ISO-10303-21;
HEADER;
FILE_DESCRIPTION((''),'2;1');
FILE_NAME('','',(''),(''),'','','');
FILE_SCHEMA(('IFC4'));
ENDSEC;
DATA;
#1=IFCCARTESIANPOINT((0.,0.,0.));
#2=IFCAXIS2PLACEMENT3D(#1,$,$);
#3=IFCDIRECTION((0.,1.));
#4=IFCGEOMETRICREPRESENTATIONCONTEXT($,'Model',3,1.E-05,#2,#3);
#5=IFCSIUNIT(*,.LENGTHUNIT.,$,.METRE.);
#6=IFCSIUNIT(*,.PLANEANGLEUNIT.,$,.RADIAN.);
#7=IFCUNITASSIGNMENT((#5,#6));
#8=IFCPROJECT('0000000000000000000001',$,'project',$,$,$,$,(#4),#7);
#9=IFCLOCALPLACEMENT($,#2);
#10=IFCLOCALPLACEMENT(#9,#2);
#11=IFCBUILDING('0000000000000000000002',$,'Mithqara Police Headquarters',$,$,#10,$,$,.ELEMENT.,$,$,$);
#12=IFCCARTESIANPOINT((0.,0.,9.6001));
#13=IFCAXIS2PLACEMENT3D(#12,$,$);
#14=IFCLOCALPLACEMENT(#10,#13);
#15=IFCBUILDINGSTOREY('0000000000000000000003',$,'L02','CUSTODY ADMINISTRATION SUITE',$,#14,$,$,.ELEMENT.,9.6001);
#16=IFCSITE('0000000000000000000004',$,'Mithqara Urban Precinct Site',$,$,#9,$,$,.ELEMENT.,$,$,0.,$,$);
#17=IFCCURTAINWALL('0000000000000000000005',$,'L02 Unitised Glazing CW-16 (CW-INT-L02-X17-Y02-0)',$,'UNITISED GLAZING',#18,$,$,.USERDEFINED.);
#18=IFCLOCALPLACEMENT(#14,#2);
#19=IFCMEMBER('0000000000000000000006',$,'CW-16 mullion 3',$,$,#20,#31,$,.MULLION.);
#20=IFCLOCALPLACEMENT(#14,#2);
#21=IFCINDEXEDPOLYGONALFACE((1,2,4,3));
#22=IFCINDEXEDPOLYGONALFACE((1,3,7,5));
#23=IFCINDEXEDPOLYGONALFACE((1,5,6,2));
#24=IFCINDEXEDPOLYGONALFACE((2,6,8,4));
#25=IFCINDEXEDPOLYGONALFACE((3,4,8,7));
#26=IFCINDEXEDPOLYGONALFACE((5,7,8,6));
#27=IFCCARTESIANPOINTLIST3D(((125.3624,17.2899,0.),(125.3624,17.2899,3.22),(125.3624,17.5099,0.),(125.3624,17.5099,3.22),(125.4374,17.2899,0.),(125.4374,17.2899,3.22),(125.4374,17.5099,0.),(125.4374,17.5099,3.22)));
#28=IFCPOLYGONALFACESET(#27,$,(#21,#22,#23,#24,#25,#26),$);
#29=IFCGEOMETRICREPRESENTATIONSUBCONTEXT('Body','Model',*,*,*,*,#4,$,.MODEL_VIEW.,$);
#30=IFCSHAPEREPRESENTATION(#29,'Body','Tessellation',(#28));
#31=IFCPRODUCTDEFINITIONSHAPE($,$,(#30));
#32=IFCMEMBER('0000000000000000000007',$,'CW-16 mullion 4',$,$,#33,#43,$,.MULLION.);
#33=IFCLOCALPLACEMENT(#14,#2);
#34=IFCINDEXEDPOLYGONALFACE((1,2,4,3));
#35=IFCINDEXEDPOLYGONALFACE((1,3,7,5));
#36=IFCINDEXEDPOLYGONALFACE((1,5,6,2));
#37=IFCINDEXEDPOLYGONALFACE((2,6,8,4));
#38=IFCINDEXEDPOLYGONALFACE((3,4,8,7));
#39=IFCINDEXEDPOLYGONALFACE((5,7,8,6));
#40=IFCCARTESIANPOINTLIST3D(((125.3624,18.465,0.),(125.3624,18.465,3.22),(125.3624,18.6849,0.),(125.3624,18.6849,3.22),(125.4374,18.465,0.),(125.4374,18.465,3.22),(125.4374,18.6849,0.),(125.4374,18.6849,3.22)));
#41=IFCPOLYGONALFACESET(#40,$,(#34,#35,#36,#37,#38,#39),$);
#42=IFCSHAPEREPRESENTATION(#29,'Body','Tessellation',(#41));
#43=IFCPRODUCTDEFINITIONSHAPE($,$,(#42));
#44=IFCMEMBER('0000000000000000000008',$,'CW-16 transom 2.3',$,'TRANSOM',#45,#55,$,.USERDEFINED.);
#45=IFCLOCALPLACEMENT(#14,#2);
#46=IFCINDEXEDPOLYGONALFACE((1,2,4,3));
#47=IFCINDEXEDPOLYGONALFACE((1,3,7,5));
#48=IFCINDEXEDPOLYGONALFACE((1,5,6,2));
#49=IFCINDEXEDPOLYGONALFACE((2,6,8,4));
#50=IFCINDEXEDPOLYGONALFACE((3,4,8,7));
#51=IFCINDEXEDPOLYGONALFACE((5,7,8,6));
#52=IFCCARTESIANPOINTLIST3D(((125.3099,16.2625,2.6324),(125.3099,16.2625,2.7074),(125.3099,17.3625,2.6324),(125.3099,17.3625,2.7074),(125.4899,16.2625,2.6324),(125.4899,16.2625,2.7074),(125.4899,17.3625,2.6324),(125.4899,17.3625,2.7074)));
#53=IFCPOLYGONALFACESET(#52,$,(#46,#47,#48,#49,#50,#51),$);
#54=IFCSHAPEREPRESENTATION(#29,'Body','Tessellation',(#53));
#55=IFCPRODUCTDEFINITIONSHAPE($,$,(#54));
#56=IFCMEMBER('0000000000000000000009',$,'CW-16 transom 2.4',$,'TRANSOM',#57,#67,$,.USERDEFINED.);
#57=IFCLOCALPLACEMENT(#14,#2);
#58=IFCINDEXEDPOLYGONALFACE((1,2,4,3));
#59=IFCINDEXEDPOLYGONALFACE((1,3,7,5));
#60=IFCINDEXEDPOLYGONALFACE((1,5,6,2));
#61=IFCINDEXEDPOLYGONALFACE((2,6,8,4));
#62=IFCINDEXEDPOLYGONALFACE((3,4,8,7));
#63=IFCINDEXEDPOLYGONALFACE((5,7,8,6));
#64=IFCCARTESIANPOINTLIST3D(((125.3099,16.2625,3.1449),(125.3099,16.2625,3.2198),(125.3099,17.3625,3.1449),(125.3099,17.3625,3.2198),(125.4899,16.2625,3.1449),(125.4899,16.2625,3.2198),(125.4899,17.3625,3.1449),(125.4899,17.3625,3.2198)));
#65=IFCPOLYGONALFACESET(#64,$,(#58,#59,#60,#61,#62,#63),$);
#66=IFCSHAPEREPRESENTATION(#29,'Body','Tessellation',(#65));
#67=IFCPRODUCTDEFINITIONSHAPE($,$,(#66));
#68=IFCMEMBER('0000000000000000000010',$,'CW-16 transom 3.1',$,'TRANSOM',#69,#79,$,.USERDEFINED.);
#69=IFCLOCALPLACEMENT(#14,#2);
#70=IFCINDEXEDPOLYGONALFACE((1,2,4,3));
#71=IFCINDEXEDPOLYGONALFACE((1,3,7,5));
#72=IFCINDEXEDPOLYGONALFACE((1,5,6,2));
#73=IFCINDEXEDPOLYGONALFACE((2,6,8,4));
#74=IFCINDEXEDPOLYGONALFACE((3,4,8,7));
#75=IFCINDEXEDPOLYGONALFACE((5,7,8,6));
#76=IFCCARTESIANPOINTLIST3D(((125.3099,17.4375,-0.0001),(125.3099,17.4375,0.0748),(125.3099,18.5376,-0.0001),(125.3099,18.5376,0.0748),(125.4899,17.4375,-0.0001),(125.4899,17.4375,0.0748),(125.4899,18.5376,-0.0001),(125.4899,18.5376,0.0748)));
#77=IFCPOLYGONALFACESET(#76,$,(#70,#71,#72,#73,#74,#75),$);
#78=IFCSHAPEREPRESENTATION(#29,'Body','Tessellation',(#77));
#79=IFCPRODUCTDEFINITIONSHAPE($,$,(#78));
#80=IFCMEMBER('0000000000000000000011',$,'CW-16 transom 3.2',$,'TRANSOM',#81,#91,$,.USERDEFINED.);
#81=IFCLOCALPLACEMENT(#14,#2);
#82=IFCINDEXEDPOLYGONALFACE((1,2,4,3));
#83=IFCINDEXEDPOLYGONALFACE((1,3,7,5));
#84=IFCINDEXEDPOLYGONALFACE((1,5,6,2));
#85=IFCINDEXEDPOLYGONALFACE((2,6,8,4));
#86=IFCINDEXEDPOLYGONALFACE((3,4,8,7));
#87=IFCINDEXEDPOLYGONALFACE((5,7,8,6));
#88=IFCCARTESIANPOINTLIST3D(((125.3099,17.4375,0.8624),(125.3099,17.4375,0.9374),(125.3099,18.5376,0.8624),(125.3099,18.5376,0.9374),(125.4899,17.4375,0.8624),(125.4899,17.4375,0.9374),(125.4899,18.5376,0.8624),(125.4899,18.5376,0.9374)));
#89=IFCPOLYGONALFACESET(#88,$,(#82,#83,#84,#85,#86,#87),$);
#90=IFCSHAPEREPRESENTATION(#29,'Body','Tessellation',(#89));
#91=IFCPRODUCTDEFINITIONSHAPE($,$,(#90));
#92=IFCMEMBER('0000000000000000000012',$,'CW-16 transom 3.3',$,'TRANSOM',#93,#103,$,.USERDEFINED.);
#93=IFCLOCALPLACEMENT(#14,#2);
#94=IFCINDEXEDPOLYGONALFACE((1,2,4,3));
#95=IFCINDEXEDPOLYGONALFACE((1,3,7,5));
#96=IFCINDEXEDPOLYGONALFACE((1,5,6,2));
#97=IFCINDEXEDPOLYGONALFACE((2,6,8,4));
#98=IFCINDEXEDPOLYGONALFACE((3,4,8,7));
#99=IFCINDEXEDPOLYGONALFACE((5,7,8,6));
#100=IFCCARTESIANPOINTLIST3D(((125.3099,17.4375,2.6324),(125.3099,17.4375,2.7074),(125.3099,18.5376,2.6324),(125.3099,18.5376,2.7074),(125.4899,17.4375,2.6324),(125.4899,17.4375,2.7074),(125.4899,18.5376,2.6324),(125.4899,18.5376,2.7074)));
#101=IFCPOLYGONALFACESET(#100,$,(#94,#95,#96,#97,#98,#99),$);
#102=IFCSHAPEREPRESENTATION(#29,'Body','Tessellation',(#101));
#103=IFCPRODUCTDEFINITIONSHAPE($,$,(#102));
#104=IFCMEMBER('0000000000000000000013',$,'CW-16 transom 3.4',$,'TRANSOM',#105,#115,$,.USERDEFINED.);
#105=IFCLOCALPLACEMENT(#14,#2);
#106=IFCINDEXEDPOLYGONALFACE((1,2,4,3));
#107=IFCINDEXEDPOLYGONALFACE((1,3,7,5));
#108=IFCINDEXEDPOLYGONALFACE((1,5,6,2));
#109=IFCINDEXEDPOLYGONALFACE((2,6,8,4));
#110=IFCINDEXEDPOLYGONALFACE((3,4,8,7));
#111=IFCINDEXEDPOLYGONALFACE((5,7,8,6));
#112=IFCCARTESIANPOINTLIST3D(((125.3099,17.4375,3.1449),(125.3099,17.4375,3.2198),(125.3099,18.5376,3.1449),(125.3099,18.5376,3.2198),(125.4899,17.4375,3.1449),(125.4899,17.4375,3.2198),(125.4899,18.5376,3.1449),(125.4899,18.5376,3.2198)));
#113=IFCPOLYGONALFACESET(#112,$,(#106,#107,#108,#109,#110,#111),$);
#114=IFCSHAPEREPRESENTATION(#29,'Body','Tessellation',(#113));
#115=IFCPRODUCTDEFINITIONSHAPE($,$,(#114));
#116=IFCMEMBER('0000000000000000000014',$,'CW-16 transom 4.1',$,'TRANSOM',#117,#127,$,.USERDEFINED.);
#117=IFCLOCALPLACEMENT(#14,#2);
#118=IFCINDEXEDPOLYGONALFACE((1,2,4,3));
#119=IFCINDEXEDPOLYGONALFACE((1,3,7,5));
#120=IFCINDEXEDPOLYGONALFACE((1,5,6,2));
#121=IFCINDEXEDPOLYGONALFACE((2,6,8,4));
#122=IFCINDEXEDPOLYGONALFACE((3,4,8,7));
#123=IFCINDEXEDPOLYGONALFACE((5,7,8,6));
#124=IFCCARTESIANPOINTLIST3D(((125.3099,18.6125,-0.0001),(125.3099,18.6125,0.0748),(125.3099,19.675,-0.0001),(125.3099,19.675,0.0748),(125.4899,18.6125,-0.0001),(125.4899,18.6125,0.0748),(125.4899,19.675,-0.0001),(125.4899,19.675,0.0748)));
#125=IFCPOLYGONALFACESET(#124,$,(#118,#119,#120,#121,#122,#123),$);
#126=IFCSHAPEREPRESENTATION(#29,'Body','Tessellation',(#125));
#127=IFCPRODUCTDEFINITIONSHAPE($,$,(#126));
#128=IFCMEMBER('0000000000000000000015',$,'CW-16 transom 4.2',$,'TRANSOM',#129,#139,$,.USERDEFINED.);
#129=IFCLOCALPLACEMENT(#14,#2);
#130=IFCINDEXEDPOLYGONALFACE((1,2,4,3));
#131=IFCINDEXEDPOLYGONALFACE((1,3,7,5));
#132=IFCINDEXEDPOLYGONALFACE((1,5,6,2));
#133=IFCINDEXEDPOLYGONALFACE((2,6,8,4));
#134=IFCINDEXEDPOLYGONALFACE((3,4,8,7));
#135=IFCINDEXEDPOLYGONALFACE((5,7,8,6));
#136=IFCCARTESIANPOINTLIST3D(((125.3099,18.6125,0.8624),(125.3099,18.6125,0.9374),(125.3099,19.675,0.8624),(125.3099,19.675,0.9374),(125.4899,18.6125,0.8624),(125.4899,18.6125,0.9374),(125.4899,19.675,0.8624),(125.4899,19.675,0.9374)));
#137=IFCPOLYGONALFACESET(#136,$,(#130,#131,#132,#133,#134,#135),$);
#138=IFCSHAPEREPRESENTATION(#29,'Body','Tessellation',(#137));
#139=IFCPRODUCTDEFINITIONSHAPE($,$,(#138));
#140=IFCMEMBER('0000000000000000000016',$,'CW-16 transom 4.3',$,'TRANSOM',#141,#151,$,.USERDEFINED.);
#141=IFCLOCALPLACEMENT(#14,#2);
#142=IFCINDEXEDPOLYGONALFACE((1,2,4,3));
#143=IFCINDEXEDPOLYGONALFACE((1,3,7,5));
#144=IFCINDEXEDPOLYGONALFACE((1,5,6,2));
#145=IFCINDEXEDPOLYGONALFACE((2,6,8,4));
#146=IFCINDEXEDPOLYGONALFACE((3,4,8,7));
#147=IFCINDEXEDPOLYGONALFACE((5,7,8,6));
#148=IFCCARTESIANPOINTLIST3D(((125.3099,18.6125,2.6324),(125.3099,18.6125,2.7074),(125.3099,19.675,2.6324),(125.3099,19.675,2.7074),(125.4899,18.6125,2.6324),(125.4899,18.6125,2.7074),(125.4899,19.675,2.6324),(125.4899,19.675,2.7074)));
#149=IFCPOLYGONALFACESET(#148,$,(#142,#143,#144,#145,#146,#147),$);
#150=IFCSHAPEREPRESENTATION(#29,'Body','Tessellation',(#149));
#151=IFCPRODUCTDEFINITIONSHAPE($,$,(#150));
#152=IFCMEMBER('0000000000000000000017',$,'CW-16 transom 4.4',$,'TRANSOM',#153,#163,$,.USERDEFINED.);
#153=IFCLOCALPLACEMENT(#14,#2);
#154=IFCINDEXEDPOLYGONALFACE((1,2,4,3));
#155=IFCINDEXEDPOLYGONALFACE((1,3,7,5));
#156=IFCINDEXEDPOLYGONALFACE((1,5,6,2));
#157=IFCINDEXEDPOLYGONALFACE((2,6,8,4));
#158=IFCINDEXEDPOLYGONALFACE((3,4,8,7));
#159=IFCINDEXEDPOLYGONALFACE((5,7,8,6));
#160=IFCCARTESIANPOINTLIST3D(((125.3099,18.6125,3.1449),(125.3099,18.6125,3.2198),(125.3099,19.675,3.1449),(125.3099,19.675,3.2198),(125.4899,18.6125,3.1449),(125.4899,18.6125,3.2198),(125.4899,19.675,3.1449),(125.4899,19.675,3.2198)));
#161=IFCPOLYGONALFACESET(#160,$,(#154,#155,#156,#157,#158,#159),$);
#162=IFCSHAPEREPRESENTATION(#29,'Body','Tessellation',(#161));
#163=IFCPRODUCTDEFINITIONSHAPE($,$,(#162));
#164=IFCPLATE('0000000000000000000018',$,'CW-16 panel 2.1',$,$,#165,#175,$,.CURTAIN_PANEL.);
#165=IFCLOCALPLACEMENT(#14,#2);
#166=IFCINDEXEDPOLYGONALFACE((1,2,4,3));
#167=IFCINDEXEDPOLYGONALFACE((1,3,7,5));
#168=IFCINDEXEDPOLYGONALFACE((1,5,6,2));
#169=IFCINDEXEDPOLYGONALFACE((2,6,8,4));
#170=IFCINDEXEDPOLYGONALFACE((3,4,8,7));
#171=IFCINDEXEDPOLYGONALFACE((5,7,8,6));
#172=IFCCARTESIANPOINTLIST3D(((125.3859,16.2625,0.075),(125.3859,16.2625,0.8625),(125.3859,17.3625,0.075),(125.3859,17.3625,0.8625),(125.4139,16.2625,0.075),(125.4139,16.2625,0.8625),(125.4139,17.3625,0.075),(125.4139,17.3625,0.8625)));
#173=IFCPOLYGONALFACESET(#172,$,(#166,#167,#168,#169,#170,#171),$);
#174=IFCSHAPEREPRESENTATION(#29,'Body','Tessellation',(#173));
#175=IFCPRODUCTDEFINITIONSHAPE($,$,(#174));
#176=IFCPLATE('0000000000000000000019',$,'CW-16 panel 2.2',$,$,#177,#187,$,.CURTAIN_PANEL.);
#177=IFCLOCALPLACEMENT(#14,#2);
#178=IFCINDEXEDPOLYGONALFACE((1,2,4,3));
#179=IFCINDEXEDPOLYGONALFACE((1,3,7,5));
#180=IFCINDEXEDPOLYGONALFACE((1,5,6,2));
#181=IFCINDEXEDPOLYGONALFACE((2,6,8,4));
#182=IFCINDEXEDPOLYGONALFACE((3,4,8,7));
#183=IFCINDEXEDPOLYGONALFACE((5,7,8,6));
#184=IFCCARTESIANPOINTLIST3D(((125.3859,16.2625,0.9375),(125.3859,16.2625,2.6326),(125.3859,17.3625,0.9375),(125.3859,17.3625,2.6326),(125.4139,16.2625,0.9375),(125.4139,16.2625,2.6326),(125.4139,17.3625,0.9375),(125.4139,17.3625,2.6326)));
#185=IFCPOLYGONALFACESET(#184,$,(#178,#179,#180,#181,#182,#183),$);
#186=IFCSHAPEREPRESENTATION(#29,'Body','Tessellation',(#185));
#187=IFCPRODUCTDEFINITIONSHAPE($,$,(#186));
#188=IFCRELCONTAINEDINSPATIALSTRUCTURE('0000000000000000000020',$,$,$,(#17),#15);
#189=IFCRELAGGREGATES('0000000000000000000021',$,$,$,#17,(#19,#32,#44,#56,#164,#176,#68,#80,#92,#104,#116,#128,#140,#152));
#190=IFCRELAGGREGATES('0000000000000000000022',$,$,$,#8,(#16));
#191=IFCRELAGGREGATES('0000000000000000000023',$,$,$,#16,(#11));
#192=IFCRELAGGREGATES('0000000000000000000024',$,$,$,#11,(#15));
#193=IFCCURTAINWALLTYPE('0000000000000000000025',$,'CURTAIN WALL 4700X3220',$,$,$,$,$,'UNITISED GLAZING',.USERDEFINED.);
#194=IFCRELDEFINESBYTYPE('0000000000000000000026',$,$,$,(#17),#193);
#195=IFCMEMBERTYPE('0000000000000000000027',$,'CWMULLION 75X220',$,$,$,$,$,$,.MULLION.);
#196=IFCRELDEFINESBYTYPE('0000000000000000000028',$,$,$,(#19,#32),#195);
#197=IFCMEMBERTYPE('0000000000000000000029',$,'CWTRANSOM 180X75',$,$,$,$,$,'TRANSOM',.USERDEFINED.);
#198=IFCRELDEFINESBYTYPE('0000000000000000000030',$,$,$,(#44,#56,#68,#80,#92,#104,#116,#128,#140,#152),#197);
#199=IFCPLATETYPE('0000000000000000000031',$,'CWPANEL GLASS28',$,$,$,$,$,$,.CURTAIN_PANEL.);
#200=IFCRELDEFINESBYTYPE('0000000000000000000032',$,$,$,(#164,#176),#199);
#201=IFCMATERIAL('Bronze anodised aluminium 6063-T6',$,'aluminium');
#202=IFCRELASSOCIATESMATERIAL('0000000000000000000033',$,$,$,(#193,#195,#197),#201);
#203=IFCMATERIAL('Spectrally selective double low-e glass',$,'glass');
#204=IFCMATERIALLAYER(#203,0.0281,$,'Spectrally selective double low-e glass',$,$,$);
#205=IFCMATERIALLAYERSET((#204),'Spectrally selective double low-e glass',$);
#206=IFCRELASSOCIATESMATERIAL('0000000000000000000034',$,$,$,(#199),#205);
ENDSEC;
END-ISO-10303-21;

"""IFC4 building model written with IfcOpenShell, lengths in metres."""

from ifc_helpers import new_model, si_unit, direction, frame, origin, origin_2d, place, context, subcontext, project, spatial, rectangle, extrude, material, layer, layer_set, material_profile, profile_set, type_object, element, aggregate, save


model = new_model("IFC4")

# Units and contexts
model_context = context("Model", 3, precision=1e-05, world=origin(), true_north=direction((0.0, 1.0)))
body_context = subcontext(model_context, "Body", "Model", "MODEL_VIEW")
ifc_project = project(units=[si_unit("LENGTHUNIT", "METRE"), si_unit("PLANEANGLEUNIT", "RADIAN")], contexts=[model_context])

# Site, building, storey
site_placement = place(None, origin())
site = spatial("IfcSite", under=ifc_project, at=site_placement, Name="Mithqara Urban Precinct Site", CompositionType="ELEMENT", RefElevation=0.0)
building_placement = place(site_placement, origin())
building = spatial("IfcBuilding", under=site, at=building_placement, Name="Mithqara Police Headquarters", CompositionType="ELEMENT")
storey_placement = place(building_placement, frame((0.0, 0.0, 9.6001)))
storey = spatial("IfcBuildingStorey", under=building, at=storey_placement, Name="L02", Description="CUSTODY ADMINISTRATION SUITE", CompositionType="ELEMENT", Elevation=9.6001)

# Curtain wall, members, plates
ifc_material_1 = material(Name="Bronze anodised aluminium 6063-T6", Category="aluminium")
curtain_wall_type = type_object("IfcCurtainWallType", Name="CURTAIN WALL 4700X3220", ElementType="UNITISED GLAZING", PredefinedType="USERDEFINED", material=ifc_material_1)
curtain_wall_placement = place(storey_placement, origin())
curtain_wall = element("IfcCurtainWall", 1, at=curtain_wall_placement, inside=storey, type_object=curtain_wall_type, Name="L02 Unitised Glazing CW-16 (CW-INT-L02-X17-Y02-0)", ObjectType="UNITISED GLAZING", PredefinedType="USERDEFINED")
ifc_material_profile_1 = material_profile(ifc_material_1, rectangle(XDim=0.075, YDim=0.22, at=origin_2d()), Name="CWM 75x220")
ifc_profile_set_1 = profile_set([ifc_material_profile_1], Name="Bronze anodised aluminium 6063-T6")
member_type_1 = type_object("IfcMemberType", Name="CWMULLION 75X220", PredefinedType="MULLION", material=ifc_profile_set_1)
member_1_placement = place(storey_placement, frame((125.3999, 17.3999, 0.0), z_axis=(0.0, 0.0, 1.0), x_axis=(-1.0, 0.0, 0.0)))
member_1 = element("IfcMember", 2, at=member_1_placement, type_object=member_type_1, Name="CW-16 mullion 3", PredefinedType="MULLION", context=body_context, shape_type="SweptSolid", body=[
    extrude(rectangle(XDim=0.075, YDim=0.22, at=origin_2d()), origin(), (0.0, 0.0, 1.0), 3.22),
])
member_2_placement = place(storey_placement, frame((125.3999, 18.575, 0.0), z_axis=(0.0, 0.0, 1.0), x_axis=(-1.0, 0.0, 0.0)))
member_2 = element("IfcMember", 3, at=member_2_placement, type_object=member_type_1, Name="CW-16 mullion 4", PredefinedType="MULLION", context=body_context, shape_type="SweptSolid", body=[
    extrude(rectangle(XDim=0.075, YDim=0.22, at=origin_2d()), origin(), (0.0, 0.0, 1.0), 3.22),
])
ifc_material_profile_2 = material_profile(ifc_material_1, rectangle(XDim=0.1799, YDim=0.075, at=origin_2d()), Name="CWT 180x75")
ifc_profile_set_2 = profile_set([ifc_material_profile_2], Name="Bronze anodised aluminium 6063-T6")
member_type_2 = type_object("IfcMemberType", Name="CWTRANSOM 180X75", ElementType="TRANSOM", PredefinedType="USERDEFINED", material=ifc_profile_set_2)
member_3_placement = place(storey_placement, frame((125.3999, 16.2625, 2.6699), z_axis=(0.0, 1.0, 0.0), x_axis=(-1.0, 0.0, 0.0)))
member_3 = element("IfcMember", 4, at=member_3_placement, type_object=member_type_2, Name="CW-16 transom 2.3", ObjectType="TRANSOM", PredefinedType="USERDEFINED", context=body_context, shape_type="SweptSolid", body=[
    extrude(rectangle(XDim=0.1799, YDim=0.075, at=origin_2d()), origin(), (0.0, 0.0, 1.0), 1.1001),
])
member_4_placement = place(storey_placement, frame((125.3999, 16.2625, 3.1824), z_axis=(0.0, 1.0, 0.0), x_axis=(-1.0, 0.0, 0.0)))
member_4 = element("IfcMember", 5, at=member_4_placement, type_object=member_type_2, Name="CW-16 transom 2.4", ObjectType="TRANSOM", PredefinedType="USERDEFINED", context=body_context, shape_type="SweptSolid", body=[
    extrude(rectangle(XDim=0.1799, YDim=0.075, at=origin_2d()), origin(), (0.0, 0.0, 1.0), 1.1001),
])
member_5_placement = place(storey_placement, frame((125.3999, 17.4375, 0.0374), z_axis=(0.0, 1.0, 0.0), x_axis=(-1.0, 0.0, 0.0)))
member_5 = element("IfcMember", 6, at=member_5_placement, type_object=member_type_2, Name="CW-16 transom 3.1", ObjectType="TRANSOM", PredefinedType="USERDEFINED", context=body_context, shape_type="SweptSolid", body=[
    extrude(rectangle(XDim=0.1799, YDim=0.075, at=origin_2d()), origin(), (0.0, 0.0, 1.0), 1.1001),
])
member_6_placement = place(storey_placement, frame((125.3999, 17.4375, 0.8999), z_axis=(0.0, 1.0, 0.0), x_axis=(-1.0, 0.0, 0.0)))
member_6 = element("IfcMember", 7, at=member_6_placement, type_object=member_type_2, Name="CW-16 transom 3.2", ObjectType="TRANSOM", PredefinedType="USERDEFINED", context=body_context, shape_type="SweptSolid", body=[
    extrude(rectangle(XDim=0.1799, YDim=0.075, at=origin_2d()), origin(), (0.0, 0.0, 1.0), 1.1001),
])
member_7_placement = place(storey_placement, frame((125.3999, 17.4375, 2.6699), z_axis=(0.0, 1.0, 0.0), x_axis=(-1.0, 0.0, 0.0)))
member_7 = element("IfcMember", 8, at=member_7_placement, type_object=member_type_2, Name="CW-16 transom 3.3", ObjectType="TRANSOM", PredefinedType="USERDEFINED", context=body_context, shape_type="SweptSolid", body=[
    extrude(rectangle(XDim=0.1799, YDim=0.075, at=origin_2d()), origin(), (0.0, 0.0, 1.0), 1.1001),
])
member_8_placement = place(storey_placement, frame((125.3999, 17.4375, 3.1824), z_axis=(0.0, 1.0, 0.0), x_axis=(-1.0, 0.0, 0.0)))
member_8 = element("IfcMember", 9, at=member_8_placement, type_object=member_type_2, Name="CW-16 transom 3.4", ObjectType="TRANSOM", PredefinedType="USERDEFINED", context=body_context, shape_type="SweptSolid", body=[
    extrude(rectangle(XDim=0.1799, YDim=0.075, at=origin_2d()), origin(), (0.0, 0.0, 1.0), 1.1001),
])
member_9_placement = place(storey_placement, frame((125.3999, 18.6125, 0.0374), z_axis=(0.0, 1.0, 0.0), x_axis=(-1.0, 0.0, 0.0)))
member_9 = element("IfcMember", 10, at=member_9_placement, type_object=member_type_2, Name="CW-16 transom 4.1", ObjectType="TRANSOM", PredefinedType="USERDEFINED", context=body_context, shape_type="SweptSolid", body=[
    extrude(rectangle(XDim=0.1799, YDim=0.075, at=origin_2d()), origin(), (0.0, 0.0, 1.0), 1.0625),
])
member_10_placement = place(storey_placement, frame((125.3999, 18.6125, 0.8999), z_axis=(0.0, 1.0, 0.0), x_axis=(-1.0, 0.0, 0.0)))
member_10 = element("IfcMember", 11, at=member_10_placement, type_object=member_type_2, Name="CW-16 transom 4.2", ObjectType="TRANSOM", PredefinedType="USERDEFINED", context=body_context, shape_type="SweptSolid", body=[
    extrude(rectangle(XDim=0.1799, YDim=0.075, at=origin_2d()), origin(), (0.0, 0.0, 1.0), 1.0625),
])
member_11_placement = place(storey_placement, frame((125.3999, 18.6125, 2.6699), z_axis=(0.0, 1.0, 0.0), x_axis=(-1.0, 0.0, 0.0)))
member_11 = element("IfcMember", 12, at=member_11_placement, type_object=member_type_2, Name="CW-16 transom 4.3", ObjectType="TRANSOM", PredefinedType="USERDEFINED", context=body_context, shape_type="SweptSolid", body=[
    extrude(rectangle(XDim=0.1799, YDim=0.075, at=origin_2d()), origin(), (0.0, 0.0, 1.0), 1.0625),
])
member_12_placement = place(storey_placement, frame((125.3999, 18.6125, 3.1824), z_axis=(0.0, 1.0, 0.0), x_axis=(-1.0, 0.0, 0.0)))
member_12 = element("IfcMember", 13, at=member_12_placement, type_object=member_type_2, Name="CW-16 transom 4.4", ObjectType="TRANSOM", PredefinedType="USERDEFINED", context=body_context, shape_type="SweptSolid", body=[
    extrude(rectangle(XDim=0.1799, YDim=0.075, at=origin_2d()), origin(), (0.0, 0.0, 1.0), 1.0625),
])
ifc_material_2 = material(Name="Spectrally selective double low-e glass", Category="glass")
ifc_layer_1 = layer(ifc_material_2, 0.0281, Name="Spectrally selective double low-e glass")
ifc_layer_set_1 = layer_set([ifc_layer_1], Name="Spectrally selective double low-e glass")
plate_type = type_object("IfcPlateType", Name="CWPANEL GLASS28", PredefinedType="CURTAIN_PANEL", material=ifc_layer_set_1)
plate_1_placement = place(storey_placement, frame((125.3999, 16.8125, 0.075), z_axis=(0.0, 0.0, 1.0), x_axis=(0.0, 1.0, 0.0)))
plate_1 = element("IfcPlate", 14, at=plate_1_placement, type_object=plate_type, Name="CW-16 panel 2.1", PredefinedType="CURTAIN_PANEL", context=body_context, shape_type="SweptSolid", body=[
    extrude(rectangle(XDim=1.1001, YDim=0.0281, at=origin_2d()), origin(), (0.0, 0.0, 1.0), 0.7876),
])
plate_2_placement = place(storey_placement, frame((125.3999, 16.8125, 0.9375), z_axis=(0.0, 0.0, 1.0), x_axis=(0.0, 1.0, 0.0)))
plate_2 = element("IfcPlate", 15, at=plate_2_placement, type_object=plate_type, Name="CW-16 panel 2.2", PredefinedType="CURTAIN_PANEL", context=body_context, shape_type="SweptSolid", body=[
    extrude(rectangle(XDim=1.1001, YDim=0.0281, at=origin_2d()), origin(), (0.0, 0.0, 1.0), 1.6951),
])
aggregate(curtain_wall, [member_1, member_2, member_3, member_4, plate_1, plate_2, member_5, member_6, member_7, member_8, member_9, member_10, member_11, member_12])

save(model, "model.ifc")
